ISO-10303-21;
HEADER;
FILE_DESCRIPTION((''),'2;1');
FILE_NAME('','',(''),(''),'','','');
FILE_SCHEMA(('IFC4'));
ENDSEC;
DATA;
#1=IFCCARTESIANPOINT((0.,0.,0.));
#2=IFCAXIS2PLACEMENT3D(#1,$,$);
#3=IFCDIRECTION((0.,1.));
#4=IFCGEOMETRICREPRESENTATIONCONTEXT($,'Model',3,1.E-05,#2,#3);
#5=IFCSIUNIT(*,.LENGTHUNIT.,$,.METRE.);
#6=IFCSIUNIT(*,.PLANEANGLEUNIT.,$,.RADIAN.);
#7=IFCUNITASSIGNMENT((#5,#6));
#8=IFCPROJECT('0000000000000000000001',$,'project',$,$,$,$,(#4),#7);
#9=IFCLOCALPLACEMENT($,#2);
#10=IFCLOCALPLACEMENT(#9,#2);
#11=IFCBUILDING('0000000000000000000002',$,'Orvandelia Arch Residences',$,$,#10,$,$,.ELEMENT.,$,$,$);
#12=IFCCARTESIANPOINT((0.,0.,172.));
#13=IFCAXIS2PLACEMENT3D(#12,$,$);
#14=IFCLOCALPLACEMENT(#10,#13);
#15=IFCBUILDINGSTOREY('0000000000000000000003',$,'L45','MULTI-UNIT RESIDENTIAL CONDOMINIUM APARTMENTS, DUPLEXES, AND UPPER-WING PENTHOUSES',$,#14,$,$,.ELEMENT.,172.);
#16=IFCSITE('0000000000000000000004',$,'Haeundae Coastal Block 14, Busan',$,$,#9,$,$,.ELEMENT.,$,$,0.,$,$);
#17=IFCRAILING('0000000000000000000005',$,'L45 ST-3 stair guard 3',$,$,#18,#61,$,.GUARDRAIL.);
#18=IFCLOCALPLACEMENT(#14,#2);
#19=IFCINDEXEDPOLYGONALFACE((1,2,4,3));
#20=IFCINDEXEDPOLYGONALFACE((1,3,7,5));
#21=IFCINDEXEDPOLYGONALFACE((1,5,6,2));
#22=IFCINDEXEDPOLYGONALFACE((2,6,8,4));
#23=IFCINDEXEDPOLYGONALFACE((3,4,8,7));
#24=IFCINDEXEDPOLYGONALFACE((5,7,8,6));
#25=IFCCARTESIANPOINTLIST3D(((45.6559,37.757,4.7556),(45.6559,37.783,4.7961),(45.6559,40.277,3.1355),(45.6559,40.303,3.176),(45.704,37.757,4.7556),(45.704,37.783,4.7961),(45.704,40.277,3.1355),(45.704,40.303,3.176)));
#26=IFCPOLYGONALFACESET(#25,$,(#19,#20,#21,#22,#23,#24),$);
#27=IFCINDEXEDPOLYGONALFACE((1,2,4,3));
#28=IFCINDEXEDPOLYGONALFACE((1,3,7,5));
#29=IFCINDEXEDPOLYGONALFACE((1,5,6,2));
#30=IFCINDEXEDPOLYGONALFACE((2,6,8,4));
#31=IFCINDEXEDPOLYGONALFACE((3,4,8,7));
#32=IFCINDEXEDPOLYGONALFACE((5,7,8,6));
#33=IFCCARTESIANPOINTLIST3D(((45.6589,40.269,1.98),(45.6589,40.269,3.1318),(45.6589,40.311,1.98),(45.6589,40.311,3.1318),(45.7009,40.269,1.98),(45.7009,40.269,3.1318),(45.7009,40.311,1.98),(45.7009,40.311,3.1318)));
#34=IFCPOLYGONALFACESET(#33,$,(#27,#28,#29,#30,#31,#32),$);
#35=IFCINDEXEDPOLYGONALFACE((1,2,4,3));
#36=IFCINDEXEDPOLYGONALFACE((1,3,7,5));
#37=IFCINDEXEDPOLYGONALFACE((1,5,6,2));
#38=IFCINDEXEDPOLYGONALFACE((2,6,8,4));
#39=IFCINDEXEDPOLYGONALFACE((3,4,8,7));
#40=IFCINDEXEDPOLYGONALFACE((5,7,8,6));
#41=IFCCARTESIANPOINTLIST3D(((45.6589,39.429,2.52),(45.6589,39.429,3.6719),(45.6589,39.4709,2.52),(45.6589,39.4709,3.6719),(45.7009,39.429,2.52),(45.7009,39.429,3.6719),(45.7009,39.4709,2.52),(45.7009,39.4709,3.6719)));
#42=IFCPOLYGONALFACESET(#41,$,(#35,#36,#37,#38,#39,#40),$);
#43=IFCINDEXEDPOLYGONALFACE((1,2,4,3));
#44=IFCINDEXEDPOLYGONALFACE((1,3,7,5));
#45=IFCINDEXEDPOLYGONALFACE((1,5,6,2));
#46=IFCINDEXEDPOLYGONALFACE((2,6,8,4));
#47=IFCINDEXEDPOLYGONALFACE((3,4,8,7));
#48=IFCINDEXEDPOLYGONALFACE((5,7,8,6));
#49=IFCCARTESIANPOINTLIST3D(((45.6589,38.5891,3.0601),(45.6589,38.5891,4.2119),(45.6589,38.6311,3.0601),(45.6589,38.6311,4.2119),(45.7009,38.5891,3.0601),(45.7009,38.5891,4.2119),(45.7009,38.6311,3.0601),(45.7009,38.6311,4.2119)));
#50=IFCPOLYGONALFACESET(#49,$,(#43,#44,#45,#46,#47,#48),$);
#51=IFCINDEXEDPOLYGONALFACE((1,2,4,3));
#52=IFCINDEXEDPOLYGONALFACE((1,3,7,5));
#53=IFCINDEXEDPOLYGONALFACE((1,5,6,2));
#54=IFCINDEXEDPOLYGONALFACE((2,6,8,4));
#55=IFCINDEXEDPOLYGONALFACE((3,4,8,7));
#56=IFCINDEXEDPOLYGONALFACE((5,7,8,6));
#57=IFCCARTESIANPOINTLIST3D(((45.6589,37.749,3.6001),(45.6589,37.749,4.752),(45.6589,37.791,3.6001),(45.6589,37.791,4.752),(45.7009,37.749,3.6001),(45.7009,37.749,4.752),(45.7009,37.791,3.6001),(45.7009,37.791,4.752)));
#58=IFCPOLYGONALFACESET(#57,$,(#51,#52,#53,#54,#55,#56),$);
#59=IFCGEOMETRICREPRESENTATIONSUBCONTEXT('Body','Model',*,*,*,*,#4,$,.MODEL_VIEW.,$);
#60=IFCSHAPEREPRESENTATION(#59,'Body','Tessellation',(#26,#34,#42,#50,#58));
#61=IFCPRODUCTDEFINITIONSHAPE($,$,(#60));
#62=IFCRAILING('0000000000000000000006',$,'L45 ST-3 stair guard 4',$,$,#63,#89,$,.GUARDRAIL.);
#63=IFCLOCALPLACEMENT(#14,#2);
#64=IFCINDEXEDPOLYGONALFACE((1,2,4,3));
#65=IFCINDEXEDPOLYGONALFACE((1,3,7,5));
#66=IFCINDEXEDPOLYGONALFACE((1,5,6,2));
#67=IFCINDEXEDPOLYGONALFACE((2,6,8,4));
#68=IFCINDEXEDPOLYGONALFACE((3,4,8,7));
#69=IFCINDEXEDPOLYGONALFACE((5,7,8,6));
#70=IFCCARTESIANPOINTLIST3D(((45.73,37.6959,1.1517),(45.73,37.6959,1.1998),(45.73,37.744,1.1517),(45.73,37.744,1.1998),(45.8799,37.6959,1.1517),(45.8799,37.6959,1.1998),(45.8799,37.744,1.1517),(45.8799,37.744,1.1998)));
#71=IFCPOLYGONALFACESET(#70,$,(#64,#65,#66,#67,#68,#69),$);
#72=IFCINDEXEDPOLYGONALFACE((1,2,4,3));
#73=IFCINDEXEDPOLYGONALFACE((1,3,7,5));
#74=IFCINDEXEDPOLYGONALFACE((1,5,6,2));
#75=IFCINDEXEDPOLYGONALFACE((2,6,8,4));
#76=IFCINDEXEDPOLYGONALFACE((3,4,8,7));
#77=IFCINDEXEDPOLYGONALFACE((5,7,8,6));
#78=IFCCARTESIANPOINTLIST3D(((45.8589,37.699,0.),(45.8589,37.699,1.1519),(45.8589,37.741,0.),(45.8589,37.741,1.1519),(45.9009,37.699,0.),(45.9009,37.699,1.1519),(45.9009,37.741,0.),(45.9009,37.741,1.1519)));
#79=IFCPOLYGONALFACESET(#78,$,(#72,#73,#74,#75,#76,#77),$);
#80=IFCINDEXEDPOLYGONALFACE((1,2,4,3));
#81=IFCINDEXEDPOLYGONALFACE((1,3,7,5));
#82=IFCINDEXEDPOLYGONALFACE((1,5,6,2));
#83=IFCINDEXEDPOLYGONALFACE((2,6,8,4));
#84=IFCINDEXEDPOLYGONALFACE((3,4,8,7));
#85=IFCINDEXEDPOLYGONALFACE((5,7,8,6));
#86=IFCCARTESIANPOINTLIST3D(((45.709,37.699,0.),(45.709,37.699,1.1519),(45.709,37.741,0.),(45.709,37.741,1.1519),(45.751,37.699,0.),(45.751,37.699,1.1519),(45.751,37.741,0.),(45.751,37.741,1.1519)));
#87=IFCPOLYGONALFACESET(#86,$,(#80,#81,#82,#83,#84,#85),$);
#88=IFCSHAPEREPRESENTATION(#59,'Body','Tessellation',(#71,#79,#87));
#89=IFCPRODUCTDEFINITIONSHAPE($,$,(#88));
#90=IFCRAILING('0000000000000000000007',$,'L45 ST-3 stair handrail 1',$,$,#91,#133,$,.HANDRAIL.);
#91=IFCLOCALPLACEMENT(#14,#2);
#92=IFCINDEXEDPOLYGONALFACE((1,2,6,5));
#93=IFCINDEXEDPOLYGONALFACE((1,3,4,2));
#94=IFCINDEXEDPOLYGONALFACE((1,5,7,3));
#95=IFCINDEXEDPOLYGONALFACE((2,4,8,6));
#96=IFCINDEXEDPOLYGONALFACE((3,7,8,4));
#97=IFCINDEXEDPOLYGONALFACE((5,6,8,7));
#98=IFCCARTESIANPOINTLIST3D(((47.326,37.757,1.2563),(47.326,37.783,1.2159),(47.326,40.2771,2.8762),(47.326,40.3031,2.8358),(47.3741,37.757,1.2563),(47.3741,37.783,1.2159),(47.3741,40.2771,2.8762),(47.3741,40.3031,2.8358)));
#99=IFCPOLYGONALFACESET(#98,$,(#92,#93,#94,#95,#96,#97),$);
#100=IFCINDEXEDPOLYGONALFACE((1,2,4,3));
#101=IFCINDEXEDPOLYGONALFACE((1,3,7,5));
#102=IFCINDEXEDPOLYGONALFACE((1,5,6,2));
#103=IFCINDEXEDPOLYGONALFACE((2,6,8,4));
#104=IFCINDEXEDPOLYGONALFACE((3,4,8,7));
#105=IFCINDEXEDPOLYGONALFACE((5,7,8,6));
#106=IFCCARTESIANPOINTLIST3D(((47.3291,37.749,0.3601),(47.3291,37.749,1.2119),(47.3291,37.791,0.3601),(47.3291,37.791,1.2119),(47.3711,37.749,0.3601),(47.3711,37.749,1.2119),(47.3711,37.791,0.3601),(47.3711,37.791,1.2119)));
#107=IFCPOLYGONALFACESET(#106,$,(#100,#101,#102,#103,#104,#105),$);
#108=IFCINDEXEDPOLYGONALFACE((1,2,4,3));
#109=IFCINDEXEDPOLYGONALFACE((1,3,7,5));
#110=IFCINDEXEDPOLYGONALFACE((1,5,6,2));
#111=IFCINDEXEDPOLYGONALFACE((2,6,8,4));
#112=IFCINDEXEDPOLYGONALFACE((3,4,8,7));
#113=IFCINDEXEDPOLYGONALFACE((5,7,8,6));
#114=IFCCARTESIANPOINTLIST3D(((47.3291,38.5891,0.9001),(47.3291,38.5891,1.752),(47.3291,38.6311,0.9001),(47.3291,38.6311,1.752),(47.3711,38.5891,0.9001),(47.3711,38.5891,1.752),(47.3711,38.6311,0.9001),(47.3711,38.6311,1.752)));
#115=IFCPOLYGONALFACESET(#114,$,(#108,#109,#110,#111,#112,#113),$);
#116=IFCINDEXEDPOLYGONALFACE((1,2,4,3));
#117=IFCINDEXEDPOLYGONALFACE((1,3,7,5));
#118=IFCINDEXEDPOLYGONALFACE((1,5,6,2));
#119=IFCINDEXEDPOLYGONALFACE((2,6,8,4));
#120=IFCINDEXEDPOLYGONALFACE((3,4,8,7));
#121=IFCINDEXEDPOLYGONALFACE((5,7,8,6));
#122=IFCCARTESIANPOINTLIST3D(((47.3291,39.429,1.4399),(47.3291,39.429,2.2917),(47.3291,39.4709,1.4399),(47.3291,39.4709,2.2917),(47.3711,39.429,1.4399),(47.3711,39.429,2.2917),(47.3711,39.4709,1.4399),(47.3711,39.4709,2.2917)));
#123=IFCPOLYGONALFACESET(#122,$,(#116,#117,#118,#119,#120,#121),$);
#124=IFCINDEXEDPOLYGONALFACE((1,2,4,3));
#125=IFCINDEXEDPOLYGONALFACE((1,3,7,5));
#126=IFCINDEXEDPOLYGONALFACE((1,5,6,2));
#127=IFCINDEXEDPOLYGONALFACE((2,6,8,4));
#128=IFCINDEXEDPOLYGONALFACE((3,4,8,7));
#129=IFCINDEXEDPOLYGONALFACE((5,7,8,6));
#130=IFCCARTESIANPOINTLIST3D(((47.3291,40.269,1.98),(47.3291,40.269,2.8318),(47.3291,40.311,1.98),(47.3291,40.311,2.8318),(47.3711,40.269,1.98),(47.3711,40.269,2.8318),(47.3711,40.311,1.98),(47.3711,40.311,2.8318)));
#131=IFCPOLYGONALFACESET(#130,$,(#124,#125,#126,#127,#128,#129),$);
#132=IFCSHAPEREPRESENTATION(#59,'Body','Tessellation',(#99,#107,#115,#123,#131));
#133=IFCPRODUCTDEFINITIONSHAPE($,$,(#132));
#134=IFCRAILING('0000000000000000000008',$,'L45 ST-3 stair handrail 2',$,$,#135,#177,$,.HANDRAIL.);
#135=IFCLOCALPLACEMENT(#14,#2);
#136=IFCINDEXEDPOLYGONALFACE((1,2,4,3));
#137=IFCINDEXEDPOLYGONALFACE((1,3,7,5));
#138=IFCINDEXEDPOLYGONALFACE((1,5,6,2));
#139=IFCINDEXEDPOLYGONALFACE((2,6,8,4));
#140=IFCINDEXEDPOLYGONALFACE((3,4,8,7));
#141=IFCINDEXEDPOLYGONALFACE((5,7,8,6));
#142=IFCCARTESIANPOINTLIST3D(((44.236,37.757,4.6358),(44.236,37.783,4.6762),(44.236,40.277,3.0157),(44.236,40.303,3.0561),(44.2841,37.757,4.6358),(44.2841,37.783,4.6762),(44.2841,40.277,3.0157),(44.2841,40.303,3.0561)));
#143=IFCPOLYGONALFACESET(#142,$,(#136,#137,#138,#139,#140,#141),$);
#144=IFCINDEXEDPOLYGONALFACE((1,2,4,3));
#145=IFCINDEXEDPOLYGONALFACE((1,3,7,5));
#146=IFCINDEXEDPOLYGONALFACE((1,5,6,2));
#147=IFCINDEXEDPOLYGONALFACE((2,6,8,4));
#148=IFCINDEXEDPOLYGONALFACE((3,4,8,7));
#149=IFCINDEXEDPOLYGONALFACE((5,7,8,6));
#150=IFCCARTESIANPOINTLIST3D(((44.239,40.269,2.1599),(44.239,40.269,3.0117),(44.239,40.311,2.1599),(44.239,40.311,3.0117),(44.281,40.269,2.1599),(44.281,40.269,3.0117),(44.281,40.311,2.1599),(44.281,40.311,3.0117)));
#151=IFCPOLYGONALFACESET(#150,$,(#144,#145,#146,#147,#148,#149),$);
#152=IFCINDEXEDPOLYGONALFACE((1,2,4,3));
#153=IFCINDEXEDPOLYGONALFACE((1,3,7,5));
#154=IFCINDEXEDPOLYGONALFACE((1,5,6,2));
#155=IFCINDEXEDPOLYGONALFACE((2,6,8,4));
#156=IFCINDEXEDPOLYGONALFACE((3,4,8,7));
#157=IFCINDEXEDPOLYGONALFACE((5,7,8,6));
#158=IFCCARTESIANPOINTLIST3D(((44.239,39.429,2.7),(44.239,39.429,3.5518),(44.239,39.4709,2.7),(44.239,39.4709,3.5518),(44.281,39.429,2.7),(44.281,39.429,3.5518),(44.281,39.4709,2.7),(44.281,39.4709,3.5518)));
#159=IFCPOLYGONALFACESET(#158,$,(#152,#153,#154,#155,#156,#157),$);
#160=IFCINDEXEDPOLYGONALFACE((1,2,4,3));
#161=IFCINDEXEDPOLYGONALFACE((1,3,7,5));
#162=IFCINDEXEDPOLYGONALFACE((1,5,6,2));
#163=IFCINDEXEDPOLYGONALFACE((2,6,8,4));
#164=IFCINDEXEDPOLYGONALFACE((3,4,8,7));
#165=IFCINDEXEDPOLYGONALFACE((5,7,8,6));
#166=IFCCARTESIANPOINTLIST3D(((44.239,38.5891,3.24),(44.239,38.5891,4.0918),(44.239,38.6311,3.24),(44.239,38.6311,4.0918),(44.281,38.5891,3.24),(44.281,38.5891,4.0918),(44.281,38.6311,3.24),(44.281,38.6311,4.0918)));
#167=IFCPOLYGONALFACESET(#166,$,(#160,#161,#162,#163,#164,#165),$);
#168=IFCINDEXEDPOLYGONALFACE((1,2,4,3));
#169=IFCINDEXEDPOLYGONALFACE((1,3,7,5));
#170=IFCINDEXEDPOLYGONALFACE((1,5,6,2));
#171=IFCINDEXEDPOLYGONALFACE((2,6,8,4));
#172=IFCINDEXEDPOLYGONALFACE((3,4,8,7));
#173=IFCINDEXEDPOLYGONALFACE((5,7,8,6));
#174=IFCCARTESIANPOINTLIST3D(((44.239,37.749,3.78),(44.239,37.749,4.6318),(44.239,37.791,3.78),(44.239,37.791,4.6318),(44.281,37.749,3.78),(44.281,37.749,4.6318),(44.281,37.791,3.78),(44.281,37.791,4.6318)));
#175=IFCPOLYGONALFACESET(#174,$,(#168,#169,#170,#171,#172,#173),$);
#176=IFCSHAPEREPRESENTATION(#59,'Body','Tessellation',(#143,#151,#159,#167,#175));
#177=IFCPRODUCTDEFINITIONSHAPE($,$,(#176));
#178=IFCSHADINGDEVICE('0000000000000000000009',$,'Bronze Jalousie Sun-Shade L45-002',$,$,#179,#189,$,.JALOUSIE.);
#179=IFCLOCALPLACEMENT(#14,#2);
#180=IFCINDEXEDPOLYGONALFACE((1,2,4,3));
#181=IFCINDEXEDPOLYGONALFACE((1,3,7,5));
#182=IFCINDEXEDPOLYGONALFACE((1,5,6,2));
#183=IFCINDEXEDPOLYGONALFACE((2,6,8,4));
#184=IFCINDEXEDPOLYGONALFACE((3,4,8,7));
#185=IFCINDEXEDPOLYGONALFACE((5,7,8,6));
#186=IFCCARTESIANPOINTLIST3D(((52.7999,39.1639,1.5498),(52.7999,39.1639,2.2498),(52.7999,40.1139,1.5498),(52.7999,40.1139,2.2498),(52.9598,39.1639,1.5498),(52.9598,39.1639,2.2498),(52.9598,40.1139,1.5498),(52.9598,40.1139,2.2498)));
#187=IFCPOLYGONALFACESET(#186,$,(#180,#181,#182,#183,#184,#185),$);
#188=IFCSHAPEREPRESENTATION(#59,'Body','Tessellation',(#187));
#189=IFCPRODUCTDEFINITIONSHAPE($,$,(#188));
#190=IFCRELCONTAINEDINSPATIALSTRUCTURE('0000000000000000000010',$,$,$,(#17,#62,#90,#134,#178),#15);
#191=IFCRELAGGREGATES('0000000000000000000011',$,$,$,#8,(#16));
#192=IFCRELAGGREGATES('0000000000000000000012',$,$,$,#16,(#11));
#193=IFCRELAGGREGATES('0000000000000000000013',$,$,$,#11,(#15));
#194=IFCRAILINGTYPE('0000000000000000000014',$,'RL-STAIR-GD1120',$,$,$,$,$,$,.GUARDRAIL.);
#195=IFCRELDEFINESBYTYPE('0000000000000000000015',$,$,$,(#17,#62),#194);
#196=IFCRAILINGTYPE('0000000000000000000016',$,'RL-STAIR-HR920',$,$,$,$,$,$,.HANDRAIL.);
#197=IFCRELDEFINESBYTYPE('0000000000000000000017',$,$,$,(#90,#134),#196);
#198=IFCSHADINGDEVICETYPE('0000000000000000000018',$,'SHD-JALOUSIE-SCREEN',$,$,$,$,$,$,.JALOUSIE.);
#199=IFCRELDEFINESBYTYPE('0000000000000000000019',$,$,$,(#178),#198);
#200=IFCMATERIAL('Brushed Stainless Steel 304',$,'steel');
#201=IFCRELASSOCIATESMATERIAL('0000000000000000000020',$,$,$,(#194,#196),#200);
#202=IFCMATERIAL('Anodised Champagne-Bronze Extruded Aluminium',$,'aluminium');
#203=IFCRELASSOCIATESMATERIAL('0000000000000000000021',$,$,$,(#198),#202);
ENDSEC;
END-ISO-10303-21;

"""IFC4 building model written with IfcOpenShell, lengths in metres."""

from ifc_helpers import new_model, si_unit, direction, frame, origin, origin_2d, place, context, subcontext, project, spatial, rectangle, extrude, material, type_object, element, save


model = new_model("IFC4")

# Units and contexts
model_context = context("Model", 3, precision=1e-05, world=origin(), true_north=direction((0.0, 1.0)))
body_context = subcontext(model_context, "Body", "Model", "MODEL_VIEW")
ifc_project = project(units=[si_unit("LENGTHUNIT", "METRE"), si_unit("PLANEANGLEUNIT", "RADIAN")], contexts=[model_context])

# Site, building, storey
site_placement = place(None, origin())
site = spatial("IfcSite", under=ifc_project, at=site_placement, Name="Haeundae Coastal Block 14, Busan", CompositionType="ELEMENT", RefElevation=0.0)
building_placement = place(site_placement, origin())
building = spatial("IfcBuilding", under=site, at=building_placement, Name="Orvandelia Arch Residences", CompositionType="ELEMENT")
storey_placement = place(building_placement, frame((0.0, 0.0, 172.0)))
storey = spatial("IfcBuildingStorey", under=building, at=storey_placement, Name="L45", Description="MULTI-UNIT RESIDENTIAL CONDOMINIUM APARTMENTS, DUPLEXES, AND UPPER-WING PENTHOUSES", CompositionType="ELEMENT", Elevation=172.0)

# Railings
ifc_material_1 = material(Name="Brushed Stainless Steel 304", Category="steel")
railing_type_1 = type_object("IfcRailingType", Name="RL-STAIR-GD1120", PredefinedType="GUARDRAIL", material=ifc_material_1)
railing_1_placement = place(storey_placement, frame((45.6799, 40.29, 1.98)))
element("IfcRailing", 1, at=railing_1_placement, inside=storey, type_object=railing_type_1, Name="L45 ST-3 stair guard 3", PredefinedType="GUARDRAIL", context=body_context, shape_type="SweptSolid", body=[
    extrude(rectangle(XDim=0.0481, YDim=0.0481, at=origin_2d()), frame((0.0, 0.0, 1.1758), z_axis=(0.0, -0.841163, 0.540782), x_axis=(1.0, 0.0, 0.0)), (0.0, 0.0, 1.0), 2.9958),
    extrude(rectangle(XDim=0.042, YDim=0.042, at=origin_2d()), origin(), (0.0, 0.0, 1.0), 1.1519),
    extrude(rectangle(XDim=0.042, YDim=0.042, at=origin_2d()), frame((0.0, -0.8401, 0.54)), (0.0, 0.0, 1.0), 1.1519),
    extrude(rectangle(XDim=0.042, YDim=0.042, at=origin_2d()), frame((0.0, -1.6799, 1.0801)), (0.0, 0.0, 1.0), 1.1519),
    extrude(rectangle(XDim=0.042, YDim=0.042, at=origin_2d()), frame((0.0, -2.52, 1.6201)), (0.0, 0.0, 1.0), 1.1519),
])
railing_2_placement = place(storey_placement, frame((45.8799, 37.72, 0.0)))
element("IfcRailing", 2, at=railing_2_placement, inside=storey, type_object=railing_type_1, Name="L45 ST-3 stair guard 4", PredefinedType="GUARDRAIL", context=body_context, shape_type="SweptSolid", body=[
    extrude(rectangle(XDim=0.0481, YDim=0.0481, at=origin_2d()), frame((0.0, 0.0, 1.1758), z_axis=(-1.0, 0.0, 0.0), x_axis=(0.0, -1.0, 0.0)), (0.0, 0.0, 1.0), 0.1499),
    extrude(rectangle(XDim=0.042, YDim=0.042, at=origin_2d()), origin(), (0.0, 0.0, 1.0), 1.1519),
    extrude(rectangle(XDim=0.042, YDim=0.042, at=origin_2d()), frame((-0.1499, 0.0, 0.0)), (0.0, 0.0, 1.0), 1.1519),
])
railing_type_2 = type_object("IfcRailingType", Name="RL-STAIR-HR920", PredefinedType="HANDRAIL", material=ifc_material_1)
railing_3_placement = place(storey_placement, frame((47.3501, 37.77, 0.3601)))
element("IfcRailing", 3, at=railing_3_placement, inside=storey, type_object=railing_type_2, Name="L45 ST-3 stair handrail 1", PredefinedType="HANDRAIL", context=body_context, shape_type="SweptSolid", body=[
    extrude(rectangle(XDim=0.0481, YDim=0.0481, at=origin_2d()), frame((0.0, 0.0, 0.876), z_axis=(0.0, 0.8412, 0.540725), x_axis=(-1.0, 0.0, 0.0)), (0.0, 0.0, 1.0), 2.9958),
    extrude(rectangle(XDim=0.042, YDim=0.042, at=origin_2d()), origin(), (0.0, 0.0, 1.0), 0.8518),
    extrude(rectangle(XDim=0.042, YDim=0.042, at=origin_2d()), frame((0.0, 0.8401, 0.54)), (0.0, 0.0, 1.0), 0.8518),
    extrude(rectangle(XDim=0.042, YDim=0.042, at=origin_2d()), frame((0.0, 1.6799, 1.0798)), (0.0, 0.0, 1.0), 0.8518),
    extrude(rectangle(XDim=0.042, YDim=0.042, at=origin_2d()), frame((0.0, 2.52, 1.6199)), (0.0, 0.0, 1.0), 0.8518),
])
railing_4_placement = place(storey_placement, frame((44.26, 40.29, 2.1599)))
element("IfcRailing", 4, at=railing_4_placement, inside=storey, type_object=railing_type_2, Name="L45 ST-3 stair handrail 2", PredefinedType="HANDRAIL", context=body_context, shape_type="SweptSolid", body=[
    extrude(rectangle(XDim=0.0481, YDim=0.0481, at=origin_2d()), frame((0.0, 0.0, 0.876), z_axis=(0.0, -0.841163, 0.540782), x_axis=(1.0, 0.0, 0.0)), (0.0, 0.0, 1.0), 2.9958),
    extrude(rectangle(XDim=0.042, YDim=0.042, at=origin_2d()), origin(), (0.0, 0.0, 1.0), 0.8518),
    extrude(rectangle(XDim=0.042, YDim=0.042, at=origin_2d()), frame((0.0, -0.8401, 0.54)), (0.0, 0.0, 1.0), 0.8518),
    extrude(rectangle(XDim=0.042, YDim=0.042, at=origin_2d()), frame((0.0, -1.6799, 1.0801)), (0.0, 0.0, 1.0), 0.8518),
    extrude(rectangle(XDim=0.042, YDim=0.042, at=origin_2d()), frame((0.0, -2.52, 1.6201)), (0.0, 0.0, 1.0), 0.8518),
])

# Shading device
ifc_material_2 = material(Name="Anodised Champagne-Bronze Extruded Aluminium", Category="aluminium")
shading_device_type = type_object("IfcShadingDeviceType", Name="SHD-JALOUSIE-SCREEN", PredefinedType="JALOUSIE", material=ifc_material_2)
shading_device_placement = place(storey_placement, frame((52.8799, 39.6389, 1.5498), z_axis=(0.0, 0.0, 1.0), x_axis=(0.0, -1.0, 0.0)))
element("IfcShadingDevice", 5, at=shading_device_placement, inside=storey, type_object=shading_device_type, Name="Bronze Jalousie Sun-Shade L45-002", PredefinedType="JALOUSIE", context=body_context, shape_type="SweptSolid", body=[
    extrude(rectangle(XDim=0.95, YDim=0.1599, at=origin_2d()), origin(), (0.0, 0.0, 1.0), 0.7),
])

save(model, "model.ifc")
